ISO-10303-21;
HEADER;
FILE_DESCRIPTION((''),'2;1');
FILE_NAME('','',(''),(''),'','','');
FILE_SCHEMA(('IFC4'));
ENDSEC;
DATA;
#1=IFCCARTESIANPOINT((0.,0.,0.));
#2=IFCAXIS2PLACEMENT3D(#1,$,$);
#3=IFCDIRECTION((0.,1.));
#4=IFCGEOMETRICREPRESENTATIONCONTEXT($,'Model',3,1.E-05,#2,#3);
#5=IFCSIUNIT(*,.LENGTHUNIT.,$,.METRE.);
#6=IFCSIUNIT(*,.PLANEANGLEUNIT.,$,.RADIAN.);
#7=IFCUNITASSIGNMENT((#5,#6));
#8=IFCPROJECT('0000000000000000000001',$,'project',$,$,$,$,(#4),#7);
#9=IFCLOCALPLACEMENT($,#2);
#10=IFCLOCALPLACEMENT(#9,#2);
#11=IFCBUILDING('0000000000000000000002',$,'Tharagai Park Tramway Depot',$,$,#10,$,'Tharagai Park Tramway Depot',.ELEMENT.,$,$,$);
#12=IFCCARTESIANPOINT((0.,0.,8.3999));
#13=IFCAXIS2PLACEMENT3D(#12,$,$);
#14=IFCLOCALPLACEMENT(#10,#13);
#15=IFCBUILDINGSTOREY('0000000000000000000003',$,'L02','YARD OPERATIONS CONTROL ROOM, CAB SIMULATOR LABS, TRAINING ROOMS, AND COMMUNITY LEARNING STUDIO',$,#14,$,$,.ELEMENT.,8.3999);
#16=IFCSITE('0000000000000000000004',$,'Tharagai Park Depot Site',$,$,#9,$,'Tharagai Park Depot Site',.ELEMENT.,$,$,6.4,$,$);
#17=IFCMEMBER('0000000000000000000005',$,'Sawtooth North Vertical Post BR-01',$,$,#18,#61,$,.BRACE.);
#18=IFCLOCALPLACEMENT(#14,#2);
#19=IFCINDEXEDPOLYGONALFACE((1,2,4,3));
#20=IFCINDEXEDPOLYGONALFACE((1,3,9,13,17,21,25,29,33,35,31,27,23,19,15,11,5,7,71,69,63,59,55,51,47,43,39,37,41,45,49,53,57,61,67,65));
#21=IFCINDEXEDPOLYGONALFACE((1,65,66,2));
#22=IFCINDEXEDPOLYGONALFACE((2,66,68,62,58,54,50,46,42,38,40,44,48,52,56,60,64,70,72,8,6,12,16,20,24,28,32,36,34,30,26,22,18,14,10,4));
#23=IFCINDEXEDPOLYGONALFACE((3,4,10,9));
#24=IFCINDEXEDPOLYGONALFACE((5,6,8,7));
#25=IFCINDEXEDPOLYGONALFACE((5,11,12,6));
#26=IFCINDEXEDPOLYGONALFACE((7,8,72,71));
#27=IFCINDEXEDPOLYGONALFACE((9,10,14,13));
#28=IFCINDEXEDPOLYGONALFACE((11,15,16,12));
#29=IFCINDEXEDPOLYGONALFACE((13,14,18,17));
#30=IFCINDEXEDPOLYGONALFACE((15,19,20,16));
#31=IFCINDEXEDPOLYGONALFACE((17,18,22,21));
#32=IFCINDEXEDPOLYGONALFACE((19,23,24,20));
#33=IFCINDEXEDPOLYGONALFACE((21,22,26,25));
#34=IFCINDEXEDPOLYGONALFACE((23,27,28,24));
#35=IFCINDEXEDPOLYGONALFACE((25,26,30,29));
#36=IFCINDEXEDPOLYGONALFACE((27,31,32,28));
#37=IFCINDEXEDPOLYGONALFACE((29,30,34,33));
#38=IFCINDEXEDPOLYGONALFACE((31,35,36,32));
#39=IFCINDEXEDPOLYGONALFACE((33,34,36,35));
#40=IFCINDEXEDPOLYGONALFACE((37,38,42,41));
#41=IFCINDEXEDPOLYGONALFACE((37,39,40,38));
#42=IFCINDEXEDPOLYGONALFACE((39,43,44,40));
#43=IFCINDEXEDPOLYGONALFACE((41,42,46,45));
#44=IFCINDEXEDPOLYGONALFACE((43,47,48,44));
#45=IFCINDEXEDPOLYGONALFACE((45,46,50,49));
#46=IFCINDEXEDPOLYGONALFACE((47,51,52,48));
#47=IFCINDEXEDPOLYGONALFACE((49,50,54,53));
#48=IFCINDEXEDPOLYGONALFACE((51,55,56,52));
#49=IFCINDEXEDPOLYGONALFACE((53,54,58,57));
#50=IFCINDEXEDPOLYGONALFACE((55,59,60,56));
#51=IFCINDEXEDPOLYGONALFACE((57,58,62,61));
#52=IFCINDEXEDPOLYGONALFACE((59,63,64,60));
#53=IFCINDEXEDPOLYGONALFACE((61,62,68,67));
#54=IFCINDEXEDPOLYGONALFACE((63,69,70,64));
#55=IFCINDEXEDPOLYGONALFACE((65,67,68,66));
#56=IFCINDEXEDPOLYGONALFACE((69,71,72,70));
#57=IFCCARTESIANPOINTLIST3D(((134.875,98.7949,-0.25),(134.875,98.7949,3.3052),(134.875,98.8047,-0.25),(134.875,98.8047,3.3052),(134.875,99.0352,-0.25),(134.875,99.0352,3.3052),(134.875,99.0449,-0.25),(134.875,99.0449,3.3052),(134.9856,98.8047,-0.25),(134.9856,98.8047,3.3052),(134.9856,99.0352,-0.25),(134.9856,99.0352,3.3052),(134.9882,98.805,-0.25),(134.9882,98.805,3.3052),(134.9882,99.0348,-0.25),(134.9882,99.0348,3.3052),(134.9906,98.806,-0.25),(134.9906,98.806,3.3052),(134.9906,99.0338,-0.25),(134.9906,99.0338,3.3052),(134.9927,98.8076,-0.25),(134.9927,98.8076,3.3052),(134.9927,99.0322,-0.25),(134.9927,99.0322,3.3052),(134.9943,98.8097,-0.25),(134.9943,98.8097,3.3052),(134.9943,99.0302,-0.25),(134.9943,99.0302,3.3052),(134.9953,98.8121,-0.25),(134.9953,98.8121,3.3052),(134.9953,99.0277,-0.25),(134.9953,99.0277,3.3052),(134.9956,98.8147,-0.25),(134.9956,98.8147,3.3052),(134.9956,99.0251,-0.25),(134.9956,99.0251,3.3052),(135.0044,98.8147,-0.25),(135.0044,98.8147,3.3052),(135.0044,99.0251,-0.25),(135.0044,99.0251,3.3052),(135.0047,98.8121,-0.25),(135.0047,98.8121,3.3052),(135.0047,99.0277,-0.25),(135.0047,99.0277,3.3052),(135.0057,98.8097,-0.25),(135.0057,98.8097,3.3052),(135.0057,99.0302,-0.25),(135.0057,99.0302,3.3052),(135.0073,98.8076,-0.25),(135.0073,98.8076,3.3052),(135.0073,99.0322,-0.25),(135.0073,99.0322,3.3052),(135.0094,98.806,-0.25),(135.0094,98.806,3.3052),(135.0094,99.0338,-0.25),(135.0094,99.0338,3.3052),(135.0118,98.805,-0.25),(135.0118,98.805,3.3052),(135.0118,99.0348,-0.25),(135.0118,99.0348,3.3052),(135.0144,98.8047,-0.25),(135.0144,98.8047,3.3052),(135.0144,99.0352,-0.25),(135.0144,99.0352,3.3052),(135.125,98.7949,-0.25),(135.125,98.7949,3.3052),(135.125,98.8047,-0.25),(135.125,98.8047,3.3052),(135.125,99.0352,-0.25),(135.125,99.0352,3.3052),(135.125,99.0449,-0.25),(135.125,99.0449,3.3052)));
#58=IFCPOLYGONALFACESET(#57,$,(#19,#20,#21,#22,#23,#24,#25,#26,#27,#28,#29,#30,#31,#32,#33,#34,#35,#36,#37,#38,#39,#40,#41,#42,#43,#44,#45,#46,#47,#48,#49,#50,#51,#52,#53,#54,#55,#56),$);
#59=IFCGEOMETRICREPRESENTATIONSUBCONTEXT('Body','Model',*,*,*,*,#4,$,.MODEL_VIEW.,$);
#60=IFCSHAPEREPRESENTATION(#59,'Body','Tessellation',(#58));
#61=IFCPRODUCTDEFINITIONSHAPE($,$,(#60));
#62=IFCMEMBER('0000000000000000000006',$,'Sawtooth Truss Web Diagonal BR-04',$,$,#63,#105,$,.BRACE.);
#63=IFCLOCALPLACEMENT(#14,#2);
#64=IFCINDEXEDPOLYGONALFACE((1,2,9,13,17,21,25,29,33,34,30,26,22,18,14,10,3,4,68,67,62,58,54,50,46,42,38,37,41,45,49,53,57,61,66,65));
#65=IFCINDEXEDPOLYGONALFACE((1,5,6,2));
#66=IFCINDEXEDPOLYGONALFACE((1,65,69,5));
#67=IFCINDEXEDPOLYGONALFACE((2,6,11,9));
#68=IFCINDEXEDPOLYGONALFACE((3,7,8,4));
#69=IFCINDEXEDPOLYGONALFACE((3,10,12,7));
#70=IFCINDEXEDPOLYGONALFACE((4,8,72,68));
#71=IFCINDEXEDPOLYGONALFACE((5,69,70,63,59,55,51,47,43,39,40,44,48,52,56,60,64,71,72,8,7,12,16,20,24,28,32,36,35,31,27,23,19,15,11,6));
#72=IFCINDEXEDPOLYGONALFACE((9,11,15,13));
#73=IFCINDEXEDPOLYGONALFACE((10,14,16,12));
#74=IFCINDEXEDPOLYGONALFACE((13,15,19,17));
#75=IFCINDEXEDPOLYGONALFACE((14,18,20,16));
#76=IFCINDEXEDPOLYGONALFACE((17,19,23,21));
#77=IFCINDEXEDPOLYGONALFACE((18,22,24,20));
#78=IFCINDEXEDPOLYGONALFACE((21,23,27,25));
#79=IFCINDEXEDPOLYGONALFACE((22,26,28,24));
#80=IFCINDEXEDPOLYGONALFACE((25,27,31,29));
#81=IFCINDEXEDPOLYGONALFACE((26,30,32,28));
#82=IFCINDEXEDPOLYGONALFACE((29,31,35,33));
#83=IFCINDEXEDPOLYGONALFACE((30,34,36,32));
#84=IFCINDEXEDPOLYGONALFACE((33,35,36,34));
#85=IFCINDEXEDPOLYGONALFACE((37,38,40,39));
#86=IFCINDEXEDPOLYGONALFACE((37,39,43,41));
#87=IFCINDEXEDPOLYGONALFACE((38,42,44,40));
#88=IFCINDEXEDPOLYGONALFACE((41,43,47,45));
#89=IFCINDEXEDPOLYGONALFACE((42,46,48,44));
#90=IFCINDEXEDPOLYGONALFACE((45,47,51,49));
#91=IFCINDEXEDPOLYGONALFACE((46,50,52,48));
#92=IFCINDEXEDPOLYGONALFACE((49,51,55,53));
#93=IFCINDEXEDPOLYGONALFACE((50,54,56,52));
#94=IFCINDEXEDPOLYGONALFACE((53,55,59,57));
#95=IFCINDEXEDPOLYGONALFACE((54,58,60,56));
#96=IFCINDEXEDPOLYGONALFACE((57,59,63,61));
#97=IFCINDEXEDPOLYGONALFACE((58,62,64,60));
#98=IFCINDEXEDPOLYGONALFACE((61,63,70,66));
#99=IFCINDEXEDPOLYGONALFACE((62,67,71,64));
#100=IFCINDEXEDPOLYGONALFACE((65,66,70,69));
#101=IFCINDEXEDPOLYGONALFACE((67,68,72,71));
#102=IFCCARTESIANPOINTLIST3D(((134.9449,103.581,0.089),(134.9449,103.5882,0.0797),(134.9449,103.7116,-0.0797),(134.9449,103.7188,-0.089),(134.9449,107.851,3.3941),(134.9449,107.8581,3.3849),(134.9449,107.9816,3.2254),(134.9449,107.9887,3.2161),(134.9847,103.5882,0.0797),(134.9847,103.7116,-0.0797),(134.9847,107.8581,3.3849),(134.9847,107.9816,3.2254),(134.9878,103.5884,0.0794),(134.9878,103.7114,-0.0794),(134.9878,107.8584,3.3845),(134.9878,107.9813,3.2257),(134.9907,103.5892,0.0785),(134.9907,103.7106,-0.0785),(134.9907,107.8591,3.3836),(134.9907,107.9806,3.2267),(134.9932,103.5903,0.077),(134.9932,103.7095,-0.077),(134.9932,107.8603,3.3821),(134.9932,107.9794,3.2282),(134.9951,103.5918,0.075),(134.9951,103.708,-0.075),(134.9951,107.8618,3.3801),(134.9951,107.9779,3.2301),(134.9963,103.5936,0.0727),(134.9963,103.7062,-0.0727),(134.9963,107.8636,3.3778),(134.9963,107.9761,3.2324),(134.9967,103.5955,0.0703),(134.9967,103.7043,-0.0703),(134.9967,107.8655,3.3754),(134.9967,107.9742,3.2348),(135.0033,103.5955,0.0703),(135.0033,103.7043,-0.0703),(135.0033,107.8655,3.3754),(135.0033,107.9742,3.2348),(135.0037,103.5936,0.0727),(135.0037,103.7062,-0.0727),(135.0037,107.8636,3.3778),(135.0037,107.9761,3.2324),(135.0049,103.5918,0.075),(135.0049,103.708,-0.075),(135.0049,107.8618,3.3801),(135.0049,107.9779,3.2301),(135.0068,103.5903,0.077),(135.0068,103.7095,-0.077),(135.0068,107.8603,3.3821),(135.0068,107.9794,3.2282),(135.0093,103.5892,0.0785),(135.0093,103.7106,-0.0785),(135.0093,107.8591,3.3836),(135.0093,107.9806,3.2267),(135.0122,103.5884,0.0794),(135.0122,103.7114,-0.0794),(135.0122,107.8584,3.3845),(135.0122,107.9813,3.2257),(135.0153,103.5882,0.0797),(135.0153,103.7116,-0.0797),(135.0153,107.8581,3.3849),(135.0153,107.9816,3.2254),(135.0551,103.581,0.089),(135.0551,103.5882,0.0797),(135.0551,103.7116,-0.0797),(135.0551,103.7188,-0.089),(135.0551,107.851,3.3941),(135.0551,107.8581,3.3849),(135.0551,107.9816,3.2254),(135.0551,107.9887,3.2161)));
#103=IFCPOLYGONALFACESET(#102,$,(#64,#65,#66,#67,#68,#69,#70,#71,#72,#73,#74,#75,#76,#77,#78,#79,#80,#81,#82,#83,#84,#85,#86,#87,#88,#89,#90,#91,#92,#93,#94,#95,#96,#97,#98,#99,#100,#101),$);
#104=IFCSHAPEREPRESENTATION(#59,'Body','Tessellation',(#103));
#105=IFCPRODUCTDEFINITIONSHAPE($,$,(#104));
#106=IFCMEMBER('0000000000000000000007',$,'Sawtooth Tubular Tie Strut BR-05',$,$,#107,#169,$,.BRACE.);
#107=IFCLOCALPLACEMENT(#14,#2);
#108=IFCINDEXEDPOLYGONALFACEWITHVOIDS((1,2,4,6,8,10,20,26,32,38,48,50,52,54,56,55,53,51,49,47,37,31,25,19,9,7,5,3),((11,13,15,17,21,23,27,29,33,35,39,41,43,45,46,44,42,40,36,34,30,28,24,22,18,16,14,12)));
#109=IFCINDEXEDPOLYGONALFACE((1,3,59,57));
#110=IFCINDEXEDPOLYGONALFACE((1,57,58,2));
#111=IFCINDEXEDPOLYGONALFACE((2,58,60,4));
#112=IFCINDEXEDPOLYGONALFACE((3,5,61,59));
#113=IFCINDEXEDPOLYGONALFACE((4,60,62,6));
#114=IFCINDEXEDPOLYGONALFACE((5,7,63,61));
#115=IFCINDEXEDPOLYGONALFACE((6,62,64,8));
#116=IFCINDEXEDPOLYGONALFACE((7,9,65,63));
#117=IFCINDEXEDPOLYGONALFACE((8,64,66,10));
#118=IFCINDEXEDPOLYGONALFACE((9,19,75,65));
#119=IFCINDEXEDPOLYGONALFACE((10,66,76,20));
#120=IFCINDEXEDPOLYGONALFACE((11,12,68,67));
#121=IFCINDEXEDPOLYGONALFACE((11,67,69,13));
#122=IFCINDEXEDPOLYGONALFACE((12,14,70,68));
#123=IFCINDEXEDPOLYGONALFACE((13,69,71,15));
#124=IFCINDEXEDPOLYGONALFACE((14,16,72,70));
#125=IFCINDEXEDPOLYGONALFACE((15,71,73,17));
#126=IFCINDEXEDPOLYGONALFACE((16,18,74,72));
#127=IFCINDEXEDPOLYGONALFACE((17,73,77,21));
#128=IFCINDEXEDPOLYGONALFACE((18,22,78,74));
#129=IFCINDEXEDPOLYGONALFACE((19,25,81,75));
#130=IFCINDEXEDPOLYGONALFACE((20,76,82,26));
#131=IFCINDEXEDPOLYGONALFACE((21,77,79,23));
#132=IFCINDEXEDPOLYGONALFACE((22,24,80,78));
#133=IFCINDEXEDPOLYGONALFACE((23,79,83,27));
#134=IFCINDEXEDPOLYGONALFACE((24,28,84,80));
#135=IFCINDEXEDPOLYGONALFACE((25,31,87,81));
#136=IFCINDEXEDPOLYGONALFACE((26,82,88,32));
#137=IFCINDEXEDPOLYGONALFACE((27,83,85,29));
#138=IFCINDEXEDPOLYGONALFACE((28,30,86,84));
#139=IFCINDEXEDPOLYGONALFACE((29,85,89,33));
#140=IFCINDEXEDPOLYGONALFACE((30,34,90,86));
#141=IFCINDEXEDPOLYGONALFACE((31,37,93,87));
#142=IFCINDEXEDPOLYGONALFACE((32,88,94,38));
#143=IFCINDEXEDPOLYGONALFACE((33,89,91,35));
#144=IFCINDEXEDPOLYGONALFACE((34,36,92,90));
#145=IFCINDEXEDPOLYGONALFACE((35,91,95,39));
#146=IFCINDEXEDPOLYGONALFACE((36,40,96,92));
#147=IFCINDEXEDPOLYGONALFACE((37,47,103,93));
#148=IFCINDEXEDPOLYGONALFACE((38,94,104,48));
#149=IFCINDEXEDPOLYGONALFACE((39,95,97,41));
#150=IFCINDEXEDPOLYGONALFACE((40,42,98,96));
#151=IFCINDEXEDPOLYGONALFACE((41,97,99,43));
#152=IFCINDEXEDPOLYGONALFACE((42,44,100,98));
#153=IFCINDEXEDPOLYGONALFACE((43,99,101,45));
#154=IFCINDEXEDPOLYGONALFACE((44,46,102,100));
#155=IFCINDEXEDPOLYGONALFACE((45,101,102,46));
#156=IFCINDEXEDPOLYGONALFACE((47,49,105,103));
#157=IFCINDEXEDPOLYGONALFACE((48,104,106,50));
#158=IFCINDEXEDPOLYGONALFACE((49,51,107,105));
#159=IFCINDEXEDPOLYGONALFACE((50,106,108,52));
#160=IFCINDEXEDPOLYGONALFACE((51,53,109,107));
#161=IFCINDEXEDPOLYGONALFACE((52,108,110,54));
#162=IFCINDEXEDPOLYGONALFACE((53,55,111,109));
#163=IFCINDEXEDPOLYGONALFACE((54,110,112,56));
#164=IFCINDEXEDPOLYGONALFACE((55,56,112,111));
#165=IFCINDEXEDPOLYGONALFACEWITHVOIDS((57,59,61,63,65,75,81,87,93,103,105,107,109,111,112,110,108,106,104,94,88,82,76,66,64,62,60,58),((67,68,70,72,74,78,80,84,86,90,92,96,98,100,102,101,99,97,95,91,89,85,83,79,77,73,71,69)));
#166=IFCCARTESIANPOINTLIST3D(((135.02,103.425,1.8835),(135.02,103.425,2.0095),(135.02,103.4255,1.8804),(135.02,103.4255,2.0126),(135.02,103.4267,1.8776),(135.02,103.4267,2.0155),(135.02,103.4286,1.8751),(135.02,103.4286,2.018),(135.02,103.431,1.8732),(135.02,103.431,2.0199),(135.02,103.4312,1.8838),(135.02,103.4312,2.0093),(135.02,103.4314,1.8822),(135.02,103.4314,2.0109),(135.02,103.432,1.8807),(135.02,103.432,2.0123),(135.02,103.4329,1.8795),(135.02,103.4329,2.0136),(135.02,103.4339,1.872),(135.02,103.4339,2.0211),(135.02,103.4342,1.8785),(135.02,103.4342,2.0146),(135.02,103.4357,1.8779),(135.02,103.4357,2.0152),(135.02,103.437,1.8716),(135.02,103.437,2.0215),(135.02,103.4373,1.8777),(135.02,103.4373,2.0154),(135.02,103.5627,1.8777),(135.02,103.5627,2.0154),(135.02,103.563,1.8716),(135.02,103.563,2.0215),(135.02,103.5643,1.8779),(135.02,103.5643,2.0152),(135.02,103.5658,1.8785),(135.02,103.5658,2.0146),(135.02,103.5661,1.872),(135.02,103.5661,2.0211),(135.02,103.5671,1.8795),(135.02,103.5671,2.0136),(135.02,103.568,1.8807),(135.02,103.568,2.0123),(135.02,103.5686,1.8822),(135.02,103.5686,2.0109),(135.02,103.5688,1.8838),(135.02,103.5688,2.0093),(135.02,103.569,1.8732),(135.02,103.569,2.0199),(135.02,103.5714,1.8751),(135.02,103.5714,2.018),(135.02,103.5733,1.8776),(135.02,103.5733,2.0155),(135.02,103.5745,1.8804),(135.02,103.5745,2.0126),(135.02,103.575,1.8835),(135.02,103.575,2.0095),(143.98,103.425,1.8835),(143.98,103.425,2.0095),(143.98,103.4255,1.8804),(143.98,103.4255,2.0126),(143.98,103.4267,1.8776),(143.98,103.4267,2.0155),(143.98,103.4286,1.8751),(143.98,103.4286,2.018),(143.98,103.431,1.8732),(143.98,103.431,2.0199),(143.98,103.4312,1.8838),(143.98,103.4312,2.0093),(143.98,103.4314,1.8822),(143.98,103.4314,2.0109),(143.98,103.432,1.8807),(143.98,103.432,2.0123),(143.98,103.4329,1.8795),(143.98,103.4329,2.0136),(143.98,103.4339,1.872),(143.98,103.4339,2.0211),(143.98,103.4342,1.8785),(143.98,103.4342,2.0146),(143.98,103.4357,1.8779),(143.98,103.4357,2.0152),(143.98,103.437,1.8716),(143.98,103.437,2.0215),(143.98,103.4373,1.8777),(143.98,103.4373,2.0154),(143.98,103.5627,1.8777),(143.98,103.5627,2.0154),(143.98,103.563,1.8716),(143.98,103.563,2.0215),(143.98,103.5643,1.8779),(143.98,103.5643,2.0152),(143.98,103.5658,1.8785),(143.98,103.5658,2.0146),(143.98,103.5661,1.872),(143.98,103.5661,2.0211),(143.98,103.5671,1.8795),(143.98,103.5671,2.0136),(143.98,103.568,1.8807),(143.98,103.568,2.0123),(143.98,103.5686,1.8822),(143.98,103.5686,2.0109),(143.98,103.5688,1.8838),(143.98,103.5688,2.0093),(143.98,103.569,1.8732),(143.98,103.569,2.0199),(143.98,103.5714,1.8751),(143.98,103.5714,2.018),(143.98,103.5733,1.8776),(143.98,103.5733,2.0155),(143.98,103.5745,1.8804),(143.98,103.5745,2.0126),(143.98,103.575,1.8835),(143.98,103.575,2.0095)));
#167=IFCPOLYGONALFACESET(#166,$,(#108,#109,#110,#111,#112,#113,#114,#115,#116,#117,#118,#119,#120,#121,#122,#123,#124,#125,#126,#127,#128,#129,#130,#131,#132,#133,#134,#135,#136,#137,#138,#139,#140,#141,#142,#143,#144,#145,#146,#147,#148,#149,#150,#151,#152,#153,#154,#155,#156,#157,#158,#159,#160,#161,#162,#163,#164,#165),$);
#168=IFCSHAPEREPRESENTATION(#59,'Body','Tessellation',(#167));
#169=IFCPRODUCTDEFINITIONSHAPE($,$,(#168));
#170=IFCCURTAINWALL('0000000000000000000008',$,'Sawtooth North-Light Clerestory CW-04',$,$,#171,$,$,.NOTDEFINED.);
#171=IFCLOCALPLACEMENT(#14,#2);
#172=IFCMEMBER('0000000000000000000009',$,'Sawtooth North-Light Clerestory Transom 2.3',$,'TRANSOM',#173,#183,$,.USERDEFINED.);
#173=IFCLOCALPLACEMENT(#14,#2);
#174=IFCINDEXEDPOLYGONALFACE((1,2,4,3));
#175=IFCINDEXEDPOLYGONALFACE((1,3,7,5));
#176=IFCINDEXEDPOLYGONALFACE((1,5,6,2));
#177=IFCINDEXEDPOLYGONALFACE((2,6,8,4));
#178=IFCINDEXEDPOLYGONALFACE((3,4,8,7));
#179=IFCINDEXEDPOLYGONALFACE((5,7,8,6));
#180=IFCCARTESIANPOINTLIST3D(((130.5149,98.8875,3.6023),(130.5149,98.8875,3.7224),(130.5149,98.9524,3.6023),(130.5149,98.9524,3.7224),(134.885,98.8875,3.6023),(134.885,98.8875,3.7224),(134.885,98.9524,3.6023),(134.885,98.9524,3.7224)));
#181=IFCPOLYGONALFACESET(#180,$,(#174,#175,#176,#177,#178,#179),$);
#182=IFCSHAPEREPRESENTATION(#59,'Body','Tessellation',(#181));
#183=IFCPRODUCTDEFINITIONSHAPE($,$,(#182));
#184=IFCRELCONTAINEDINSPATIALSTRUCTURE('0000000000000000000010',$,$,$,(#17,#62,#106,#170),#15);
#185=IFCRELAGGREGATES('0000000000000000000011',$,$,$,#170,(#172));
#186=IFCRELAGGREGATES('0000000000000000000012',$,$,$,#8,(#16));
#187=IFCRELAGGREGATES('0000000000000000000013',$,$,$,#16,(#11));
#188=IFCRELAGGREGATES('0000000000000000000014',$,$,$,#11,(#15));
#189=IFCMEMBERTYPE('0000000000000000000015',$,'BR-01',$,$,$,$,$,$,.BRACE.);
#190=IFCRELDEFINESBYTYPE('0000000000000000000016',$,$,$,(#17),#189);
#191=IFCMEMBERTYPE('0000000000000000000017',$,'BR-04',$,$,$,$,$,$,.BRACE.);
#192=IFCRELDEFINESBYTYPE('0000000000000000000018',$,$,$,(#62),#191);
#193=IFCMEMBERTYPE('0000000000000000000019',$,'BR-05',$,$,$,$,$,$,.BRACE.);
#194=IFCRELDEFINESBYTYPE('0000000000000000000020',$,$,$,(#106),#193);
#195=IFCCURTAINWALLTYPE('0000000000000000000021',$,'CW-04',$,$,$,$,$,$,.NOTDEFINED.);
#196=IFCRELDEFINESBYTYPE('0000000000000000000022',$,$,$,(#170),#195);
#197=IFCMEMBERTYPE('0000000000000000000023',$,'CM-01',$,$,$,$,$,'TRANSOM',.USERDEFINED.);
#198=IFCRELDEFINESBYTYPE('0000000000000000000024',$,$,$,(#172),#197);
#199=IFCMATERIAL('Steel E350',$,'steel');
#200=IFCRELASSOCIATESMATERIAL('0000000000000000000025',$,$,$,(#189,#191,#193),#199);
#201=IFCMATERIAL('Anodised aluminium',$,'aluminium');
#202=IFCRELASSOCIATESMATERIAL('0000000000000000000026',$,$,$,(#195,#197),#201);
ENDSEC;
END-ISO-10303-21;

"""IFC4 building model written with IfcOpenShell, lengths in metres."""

from ifc_helpers import new_model, si_unit, direction, frame, origin, origin_2d, place, context, subcontext, project, spatial, rectangle, hollow_rectangle, i_section, extrude, material, material_profile, profile_set, type_object, element, aggregate, save


model = new_model("IFC4")

# Units and contexts
model_context = context("Model", 3, precision=1e-05, world=origin(), true_north=direction((0.0, 1.0)))
body_context = subcontext(model_context, "Body", "Model", "MODEL_VIEW")
ifc_project = project(units=[si_unit("LENGTHUNIT", "METRE"), si_unit("PLANEANGLEUNIT", "RADIAN")], contexts=[model_context])

# Site, building, storey
site_placement = place(None, origin())
site = spatial("IfcSite", under=ifc_project, at=site_placement, Name="Tharagai Park Depot Site", LongName="Tharagai Park Depot Site", CompositionType="ELEMENT", RefElevation=6.4)
building_placement = place(site_placement, origin())
building = spatial("IfcBuilding", under=site, at=building_placement, Name="Tharagai Park Tramway Depot", LongName="Tharagai Park Tramway Depot", CompositionType="ELEMENT")
storey_placement = place(building_placement, frame((0.0, 0.0, 8.3999)))
storey = spatial("IfcBuildingStorey", under=building, at=storey_placement, Name="L02", Description="YARD OPERATIONS CONTROL ROOM, CAB SIMULATOR LABS, TRAINING ROOMS, AND COMMUNITY LEARNING STUDIO", CompositionType="ELEMENT", Elevation=8.3999)

# Members
ifc_material_1 = material(Name="Steel E350", Category="steel")
ifc_material_profile_1 = material_profile(ifc_material_1, i_section(OverallWidth=0.25, OverallDepth=0.25, WebThickness=0.0088, FlangeThickness=0.0098, FilletRadius=0.01, at=origin_2d()), Name="ISHB 250")
ifc_profile_set_1 = profile_set([ifc_material_profile_1], Name="Steel E350")
member_type_1 = type_object("IfcMemberType", Name="BR-01", PredefinedType="BRACE", material=ifc_profile_set_1)
member_1_placement = place(storey_placement, frame((135.0, 98.9199, -0.25), z_axis=(0.0, 0.0, 1.0), x_axis=(1.0, 0.0, 0.0)))
element("IfcMember", 1, at=member_1_placement, inside=storey, type_object=member_type_1, Name="Sawtooth North Vertical Post BR-01", PredefinedType="BRACE", context=body_context, shape_type="SweptSolid", body=[
    extrude(i_section(OverallWidth=0.25, OverallDepth=0.25, WebThickness=0.0088, FlangeThickness=0.0098, FilletRadius=0.01, at=origin_2d()), origin(), (0.0, 0.0, 1.0), 3.5552),
])
ifc_material_profile_2 = material_profile(ifc_material_1, i_section(OverallWidth=0.1101, OverallDepth=0.2251, WebThickness=0.0066, FlangeThickness=0.0117, FilletRadius=0.012, at=origin_2d()), Name="ISMB 225")
ifc_profile_set_2 = profile_set([ifc_material_profile_2], Name="Steel E350")
member_type_2 = type_object("IfcMemberType", Name="BR-04", PredefinedType="BRACE", material=ifc_profile_set_2)
member_2_placement = place(storey_placement, frame((135.0, 103.6499, 0.0), z_axis=(0.0, 0.790782, 0.612098), x_axis=(-1.0, 0.0, 0.0)))
element("IfcMember", 2, at=member_2_placement, inside=storey, type_object=member_type_2, Name="Sawtooth Truss Web Diagonal BR-04", PredefinedType="BRACE", context=body_context, shape_type="SweptSolid", body=[
    extrude(i_section(OverallWidth=0.1101, OverallDepth=0.2251, WebThickness=0.0066, FlangeThickness=0.0117, FilletRadius=0.012, at=origin_2d()), origin(), (0.0, 0.0, 1.0), 5.3997),
])
ifc_material_profile_3 = material_profile(ifc_material_1, hollow_rectangle(XDim=0.1499, YDim=0.1499, WallThickness=0.0061, InnerFilletRadius=0.0061, OuterFilletRadius=0.012, at=origin_2d()), Name="SHS 150x150x6")
ifc_profile_set_3 = profile_set([ifc_material_profile_3], Name="Steel E350")
member_type_3 = type_object("IfcMemberType", Name="BR-05", PredefinedType="BRACE", material=ifc_profile_set_3)
member_3_placement = place(storey_placement, frame((135.02, 103.5, 1.9465), z_axis=(1.0, 0.0, 0.0), x_axis=(0.0, 1.0, 0.0)))
element("IfcMember", 3, at=member_3_placement, inside=storey, type_object=member_type_3, Name="Sawtooth Tubular Tie Strut BR-05", PredefinedType="BRACE", context=body_context, shape_type="SweptSolid", body=[
    extrude(hollow_rectangle(XDim=0.1499, YDim=0.1499, WallThickness=0.0061, InnerFilletRadius=0.0061, OuterFilletRadius=0.012, at=origin_2d()), origin(), (0.0, 0.0, 1.0), 8.96),
])

# Curtain wall, member
ifc_material_2 = material(Name="Anodised aluminium", Category="aluminium")
curtain_wall_type = type_object("IfcCurtainWallType", Name="CW-04", PredefinedType="NOTDEFINED", material=ifc_material_2)
curtain_wall_1_placement = place(storey_placement, origin())
curtain_wall_1 = element("IfcCurtainWall", 4, at=curtain_wall_1_placement, inside=storey, type_object=curtain_wall_type, Name="Sawtooth North-Light Clerestory CW-04", PredefinedType="NOTDEFINED")
ifc_material_profile_4 = material_profile(ifc_material_2, rectangle(XDim=0.0649, YDim=0.1201, at=origin_2d()), Name="ALU 65x120")
ifc_profile_set_4 = profile_set([ifc_material_profile_4], Name="Anodised aluminium")
member_type_4 = type_object("IfcMemberType", Name="CM-01", ElementType="TRANSOM", PredefinedType="USERDEFINED", material=ifc_profile_set_4)
member_4_placement = place(storey_placement, frame((130.5149, 98.9199, 3.6624), z_axis=(1.0, 0.0, 0.0), x_axis=(0.0, 1.0, 0.0)))
member_4 = element("IfcMember", 5, at=member_4_placement, type_object=member_type_4, Name="Sawtooth North-Light Clerestory Transom 2.3", ObjectType="TRANSOM", PredefinedType="USERDEFINED", context=body_context, shape_type="SweptSolid", body=[
    extrude(rectangle(XDim=0.0649, YDim=0.1201, at=origin_2d()), origin(), (0.0, 0.0, 1.0), 4.3701),
])

aggregate(curtain_wall_1, [member_4])

save(model, "model.ifc")
